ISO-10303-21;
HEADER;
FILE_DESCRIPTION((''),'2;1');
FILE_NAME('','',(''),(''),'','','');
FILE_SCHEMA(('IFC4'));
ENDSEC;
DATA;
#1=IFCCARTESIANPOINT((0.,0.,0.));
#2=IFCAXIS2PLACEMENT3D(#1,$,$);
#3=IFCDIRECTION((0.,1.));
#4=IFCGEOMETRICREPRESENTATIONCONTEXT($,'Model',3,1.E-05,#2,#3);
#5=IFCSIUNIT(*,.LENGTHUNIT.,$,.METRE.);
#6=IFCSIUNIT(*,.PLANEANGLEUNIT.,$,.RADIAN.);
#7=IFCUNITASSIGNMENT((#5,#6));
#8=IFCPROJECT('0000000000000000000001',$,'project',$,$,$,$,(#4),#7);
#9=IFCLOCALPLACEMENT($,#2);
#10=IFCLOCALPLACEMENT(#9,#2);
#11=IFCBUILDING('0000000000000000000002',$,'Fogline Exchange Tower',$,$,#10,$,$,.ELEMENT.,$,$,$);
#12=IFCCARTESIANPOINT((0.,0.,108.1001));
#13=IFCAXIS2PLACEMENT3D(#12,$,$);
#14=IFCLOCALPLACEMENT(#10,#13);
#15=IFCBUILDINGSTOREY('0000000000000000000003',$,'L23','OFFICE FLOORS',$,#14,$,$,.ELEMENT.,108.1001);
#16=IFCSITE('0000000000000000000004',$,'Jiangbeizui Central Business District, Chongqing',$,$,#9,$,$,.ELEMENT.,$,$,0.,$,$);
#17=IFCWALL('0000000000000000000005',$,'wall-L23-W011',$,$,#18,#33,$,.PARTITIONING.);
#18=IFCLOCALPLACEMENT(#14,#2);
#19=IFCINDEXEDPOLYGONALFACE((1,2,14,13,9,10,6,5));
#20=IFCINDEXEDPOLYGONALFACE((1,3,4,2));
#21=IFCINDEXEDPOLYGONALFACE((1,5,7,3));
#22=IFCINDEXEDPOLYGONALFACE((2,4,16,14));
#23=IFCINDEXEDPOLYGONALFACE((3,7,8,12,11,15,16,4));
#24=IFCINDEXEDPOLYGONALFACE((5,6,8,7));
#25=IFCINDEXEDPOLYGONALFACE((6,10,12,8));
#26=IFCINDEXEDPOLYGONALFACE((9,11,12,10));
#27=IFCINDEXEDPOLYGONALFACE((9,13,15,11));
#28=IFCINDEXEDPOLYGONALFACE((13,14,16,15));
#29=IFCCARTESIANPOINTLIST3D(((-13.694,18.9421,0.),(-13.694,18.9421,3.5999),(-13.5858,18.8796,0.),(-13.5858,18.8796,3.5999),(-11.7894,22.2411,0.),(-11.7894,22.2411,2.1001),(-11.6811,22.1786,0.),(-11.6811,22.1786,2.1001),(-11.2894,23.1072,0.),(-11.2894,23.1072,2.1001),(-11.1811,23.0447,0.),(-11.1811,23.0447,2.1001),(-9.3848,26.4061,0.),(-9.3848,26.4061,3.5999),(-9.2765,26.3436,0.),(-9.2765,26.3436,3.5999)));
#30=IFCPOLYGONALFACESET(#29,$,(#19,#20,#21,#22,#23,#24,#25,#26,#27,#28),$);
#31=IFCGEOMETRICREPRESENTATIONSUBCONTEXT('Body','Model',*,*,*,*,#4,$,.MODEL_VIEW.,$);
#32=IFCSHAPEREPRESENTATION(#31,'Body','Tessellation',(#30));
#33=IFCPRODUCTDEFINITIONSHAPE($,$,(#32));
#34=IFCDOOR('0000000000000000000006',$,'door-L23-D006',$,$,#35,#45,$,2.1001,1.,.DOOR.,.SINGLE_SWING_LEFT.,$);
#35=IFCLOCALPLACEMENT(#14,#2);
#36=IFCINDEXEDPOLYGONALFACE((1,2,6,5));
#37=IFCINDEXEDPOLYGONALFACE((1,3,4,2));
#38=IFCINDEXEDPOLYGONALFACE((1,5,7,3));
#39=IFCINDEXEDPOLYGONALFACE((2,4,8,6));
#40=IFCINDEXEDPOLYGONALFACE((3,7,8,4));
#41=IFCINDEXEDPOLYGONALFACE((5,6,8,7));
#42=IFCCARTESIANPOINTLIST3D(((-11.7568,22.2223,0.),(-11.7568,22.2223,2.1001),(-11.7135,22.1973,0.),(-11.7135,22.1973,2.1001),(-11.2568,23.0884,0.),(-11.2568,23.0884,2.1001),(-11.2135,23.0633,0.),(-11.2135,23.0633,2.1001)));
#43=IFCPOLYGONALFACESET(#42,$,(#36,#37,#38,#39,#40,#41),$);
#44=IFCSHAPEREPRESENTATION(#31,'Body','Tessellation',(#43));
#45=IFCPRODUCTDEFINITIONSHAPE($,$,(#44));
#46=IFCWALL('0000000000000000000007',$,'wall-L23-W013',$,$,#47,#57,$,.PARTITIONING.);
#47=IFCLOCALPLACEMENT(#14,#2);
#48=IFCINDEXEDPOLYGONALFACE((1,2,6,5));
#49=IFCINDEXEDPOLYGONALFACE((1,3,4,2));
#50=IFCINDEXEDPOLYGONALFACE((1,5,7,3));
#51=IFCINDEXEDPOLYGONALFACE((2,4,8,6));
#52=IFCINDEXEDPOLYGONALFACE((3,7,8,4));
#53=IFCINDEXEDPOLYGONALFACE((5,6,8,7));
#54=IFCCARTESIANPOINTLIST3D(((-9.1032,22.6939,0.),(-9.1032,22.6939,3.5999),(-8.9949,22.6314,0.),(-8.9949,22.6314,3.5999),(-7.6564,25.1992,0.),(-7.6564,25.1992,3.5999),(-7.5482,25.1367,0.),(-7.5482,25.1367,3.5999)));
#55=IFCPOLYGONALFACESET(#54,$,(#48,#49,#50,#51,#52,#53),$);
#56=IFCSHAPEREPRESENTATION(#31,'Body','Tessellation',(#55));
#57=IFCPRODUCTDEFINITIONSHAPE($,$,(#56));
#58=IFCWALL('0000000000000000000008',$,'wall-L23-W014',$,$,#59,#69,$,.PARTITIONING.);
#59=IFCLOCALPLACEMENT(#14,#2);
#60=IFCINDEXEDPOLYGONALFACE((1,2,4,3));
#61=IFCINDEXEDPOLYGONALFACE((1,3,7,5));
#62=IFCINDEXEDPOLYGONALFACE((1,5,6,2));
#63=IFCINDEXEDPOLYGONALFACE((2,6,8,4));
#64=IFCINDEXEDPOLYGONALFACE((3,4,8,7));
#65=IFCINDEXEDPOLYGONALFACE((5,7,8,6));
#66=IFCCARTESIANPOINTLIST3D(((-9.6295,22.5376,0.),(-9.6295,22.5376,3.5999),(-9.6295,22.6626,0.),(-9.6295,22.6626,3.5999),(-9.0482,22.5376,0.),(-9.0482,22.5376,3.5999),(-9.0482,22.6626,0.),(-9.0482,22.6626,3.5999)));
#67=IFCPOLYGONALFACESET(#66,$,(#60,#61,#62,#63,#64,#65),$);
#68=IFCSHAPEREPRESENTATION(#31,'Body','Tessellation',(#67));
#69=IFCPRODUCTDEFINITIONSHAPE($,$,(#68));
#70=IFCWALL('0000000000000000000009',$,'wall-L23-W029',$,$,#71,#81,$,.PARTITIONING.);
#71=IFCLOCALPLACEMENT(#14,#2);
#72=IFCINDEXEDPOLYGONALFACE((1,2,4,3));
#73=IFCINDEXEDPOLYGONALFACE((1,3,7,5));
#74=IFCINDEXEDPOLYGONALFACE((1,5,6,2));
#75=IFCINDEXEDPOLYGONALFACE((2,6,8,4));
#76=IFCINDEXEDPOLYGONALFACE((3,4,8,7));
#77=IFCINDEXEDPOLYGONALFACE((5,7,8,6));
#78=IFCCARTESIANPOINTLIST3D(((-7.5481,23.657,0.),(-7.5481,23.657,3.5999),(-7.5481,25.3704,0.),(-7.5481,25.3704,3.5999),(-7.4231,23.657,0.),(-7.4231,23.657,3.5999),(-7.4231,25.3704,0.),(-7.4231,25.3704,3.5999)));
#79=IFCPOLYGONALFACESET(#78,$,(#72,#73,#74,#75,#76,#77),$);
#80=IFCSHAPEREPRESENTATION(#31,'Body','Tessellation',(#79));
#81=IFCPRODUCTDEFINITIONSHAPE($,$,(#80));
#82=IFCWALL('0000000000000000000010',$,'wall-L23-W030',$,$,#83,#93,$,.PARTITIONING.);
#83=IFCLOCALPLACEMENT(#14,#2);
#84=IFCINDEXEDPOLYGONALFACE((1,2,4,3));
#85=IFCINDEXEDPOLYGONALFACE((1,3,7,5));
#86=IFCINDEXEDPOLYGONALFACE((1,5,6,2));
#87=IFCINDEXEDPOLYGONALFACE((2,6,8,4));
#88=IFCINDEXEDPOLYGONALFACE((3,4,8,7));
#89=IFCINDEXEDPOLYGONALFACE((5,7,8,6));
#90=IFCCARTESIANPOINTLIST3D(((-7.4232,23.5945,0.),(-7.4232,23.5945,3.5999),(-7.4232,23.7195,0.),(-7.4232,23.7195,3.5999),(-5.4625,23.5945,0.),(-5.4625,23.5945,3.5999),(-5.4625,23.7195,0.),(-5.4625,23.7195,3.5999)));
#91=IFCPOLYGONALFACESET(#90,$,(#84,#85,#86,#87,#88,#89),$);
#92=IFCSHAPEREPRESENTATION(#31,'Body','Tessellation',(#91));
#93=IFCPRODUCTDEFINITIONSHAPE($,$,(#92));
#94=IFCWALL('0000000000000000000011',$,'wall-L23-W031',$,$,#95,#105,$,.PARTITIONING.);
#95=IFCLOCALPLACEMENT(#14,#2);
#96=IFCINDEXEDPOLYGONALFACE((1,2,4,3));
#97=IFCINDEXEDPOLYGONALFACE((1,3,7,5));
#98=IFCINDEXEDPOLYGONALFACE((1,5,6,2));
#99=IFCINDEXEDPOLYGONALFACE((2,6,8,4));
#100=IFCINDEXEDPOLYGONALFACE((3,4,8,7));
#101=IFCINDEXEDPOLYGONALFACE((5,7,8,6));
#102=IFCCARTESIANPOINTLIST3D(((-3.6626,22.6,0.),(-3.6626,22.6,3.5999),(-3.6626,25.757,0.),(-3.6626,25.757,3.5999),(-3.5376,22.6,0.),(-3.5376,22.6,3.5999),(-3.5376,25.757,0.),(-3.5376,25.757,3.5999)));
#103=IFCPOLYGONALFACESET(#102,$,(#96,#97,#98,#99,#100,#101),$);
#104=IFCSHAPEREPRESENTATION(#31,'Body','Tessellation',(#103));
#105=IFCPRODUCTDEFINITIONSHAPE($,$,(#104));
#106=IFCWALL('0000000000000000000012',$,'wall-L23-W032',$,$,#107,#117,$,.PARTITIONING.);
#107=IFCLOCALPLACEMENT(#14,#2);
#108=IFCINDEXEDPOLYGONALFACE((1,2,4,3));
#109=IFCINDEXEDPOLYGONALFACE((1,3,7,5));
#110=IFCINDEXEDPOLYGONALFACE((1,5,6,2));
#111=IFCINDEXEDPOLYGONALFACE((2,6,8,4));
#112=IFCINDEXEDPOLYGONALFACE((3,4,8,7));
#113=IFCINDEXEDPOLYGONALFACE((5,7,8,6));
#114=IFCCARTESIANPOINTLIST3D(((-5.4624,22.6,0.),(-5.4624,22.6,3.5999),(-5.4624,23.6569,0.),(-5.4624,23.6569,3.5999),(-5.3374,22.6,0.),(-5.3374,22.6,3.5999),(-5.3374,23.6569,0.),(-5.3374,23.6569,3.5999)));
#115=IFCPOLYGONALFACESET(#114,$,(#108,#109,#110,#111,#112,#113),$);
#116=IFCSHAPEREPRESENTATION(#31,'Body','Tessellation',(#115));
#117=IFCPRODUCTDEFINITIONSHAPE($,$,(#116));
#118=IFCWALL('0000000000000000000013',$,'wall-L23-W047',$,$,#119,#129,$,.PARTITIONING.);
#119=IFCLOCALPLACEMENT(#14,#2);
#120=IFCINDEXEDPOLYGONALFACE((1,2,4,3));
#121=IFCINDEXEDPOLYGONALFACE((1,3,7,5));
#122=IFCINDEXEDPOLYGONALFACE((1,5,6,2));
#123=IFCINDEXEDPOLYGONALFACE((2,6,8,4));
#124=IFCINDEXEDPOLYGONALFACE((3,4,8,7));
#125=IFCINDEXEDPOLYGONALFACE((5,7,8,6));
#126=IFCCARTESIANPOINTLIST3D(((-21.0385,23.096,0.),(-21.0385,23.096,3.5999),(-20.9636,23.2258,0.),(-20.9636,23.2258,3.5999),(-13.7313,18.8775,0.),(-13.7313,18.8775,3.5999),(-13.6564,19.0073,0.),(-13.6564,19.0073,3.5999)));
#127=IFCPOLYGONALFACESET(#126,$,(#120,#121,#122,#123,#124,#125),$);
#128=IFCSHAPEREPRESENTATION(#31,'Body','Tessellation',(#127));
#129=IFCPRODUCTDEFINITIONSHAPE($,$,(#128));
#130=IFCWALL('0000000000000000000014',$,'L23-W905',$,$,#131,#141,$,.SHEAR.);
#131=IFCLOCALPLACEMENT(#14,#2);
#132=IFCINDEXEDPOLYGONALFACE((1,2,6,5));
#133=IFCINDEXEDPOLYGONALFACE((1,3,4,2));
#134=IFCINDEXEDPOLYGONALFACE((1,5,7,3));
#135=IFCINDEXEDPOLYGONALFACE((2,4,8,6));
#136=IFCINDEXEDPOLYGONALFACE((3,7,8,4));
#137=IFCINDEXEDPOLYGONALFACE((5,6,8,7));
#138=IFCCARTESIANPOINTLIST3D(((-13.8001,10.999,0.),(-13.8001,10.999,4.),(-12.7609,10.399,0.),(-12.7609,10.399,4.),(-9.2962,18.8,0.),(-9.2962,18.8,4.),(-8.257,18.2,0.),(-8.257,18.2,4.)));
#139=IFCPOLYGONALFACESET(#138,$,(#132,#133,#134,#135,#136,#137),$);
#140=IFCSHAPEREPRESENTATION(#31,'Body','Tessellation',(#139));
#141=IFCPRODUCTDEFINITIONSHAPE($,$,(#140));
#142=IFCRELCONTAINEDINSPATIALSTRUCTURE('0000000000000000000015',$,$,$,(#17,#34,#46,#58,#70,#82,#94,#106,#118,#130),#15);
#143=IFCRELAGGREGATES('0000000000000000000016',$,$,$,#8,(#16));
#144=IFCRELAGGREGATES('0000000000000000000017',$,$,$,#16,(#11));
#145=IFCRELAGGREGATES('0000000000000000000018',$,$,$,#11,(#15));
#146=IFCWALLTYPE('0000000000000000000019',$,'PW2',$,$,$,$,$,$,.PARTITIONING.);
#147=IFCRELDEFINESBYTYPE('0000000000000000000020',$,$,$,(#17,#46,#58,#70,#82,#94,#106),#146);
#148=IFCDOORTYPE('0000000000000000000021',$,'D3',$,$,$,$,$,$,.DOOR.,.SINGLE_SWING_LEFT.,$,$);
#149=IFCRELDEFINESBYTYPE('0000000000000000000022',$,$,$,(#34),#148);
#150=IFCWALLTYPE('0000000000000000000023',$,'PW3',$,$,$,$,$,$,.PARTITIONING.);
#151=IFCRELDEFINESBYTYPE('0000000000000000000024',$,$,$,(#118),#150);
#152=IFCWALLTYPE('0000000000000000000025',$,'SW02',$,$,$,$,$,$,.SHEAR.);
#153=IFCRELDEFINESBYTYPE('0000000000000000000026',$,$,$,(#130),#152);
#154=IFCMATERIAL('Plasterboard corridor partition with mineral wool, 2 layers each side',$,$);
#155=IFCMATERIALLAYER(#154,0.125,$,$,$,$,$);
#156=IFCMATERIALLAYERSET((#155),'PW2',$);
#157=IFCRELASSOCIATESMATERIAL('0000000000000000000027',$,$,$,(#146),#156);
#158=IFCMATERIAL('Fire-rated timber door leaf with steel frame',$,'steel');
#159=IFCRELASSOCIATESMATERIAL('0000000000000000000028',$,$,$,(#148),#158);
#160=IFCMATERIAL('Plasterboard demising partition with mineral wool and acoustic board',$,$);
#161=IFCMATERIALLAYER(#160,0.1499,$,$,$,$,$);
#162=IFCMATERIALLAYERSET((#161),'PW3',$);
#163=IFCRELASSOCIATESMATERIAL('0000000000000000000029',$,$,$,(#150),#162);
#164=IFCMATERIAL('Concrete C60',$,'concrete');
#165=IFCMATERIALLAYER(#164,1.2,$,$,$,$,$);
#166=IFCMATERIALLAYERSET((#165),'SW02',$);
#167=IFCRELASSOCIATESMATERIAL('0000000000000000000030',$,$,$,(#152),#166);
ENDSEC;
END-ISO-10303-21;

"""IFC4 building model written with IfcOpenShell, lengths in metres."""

from ifc_helpers import new_model, si_unit, direction, frame, frame_2d, origin, place, context, subcontext, project, spatial, rectangle, extrude, material, layer, layer_set, type_object, element, fill, save


model = new_model("IFC4")

# Units and contexts
model_context = context("Model", 3, precision=1e-05, world=origin(), true_north=direction((0.0, 1.0)))
body_context = subcontext(model_context, "Body", "Model", "MODEL_VIEW")
ifc_project = project(units=[si_unit("LENGTHUNIT", "METRE"), si_unit("PLANEANGLEUNIT", "RADIAN")], contexts=[model_context])

# Site, building, storey
site_placement = place(None, origin())
site = spatial("IfcSite", under=ifc_project, at=site_placement, Name="Jiangbeizui Central Business District, Chongqing", CompositionType="ELEMENT", RefElevation=0.0)
building_placement = place(site_placement, origin())
building = spatial("IfcBuilding", under=site, at=building_placement, Name="Fogline Exchange Tower", CompositionType="ELEMENT")
storey_placement = place(building_placement, frame((0.0, 0.0, 108.1001)))
storey = spatial("IfcBuildingStorey", under=building, at=storey_placement, Name="L23", Description="OFFICE FLOORS", CompositionType="ELEMENT", Elevation=108.1001)

# Shared definitions
ifc_material_1 = material(Name="Plasterboard corridor partition with mineral wool, 2 layers each side")
ifc_layer_1 = layer(ifc_material_1, 0.125)
ifc_layer_set_1 = layer_set([ifc_layer_1], Name="PW2")
wall_type_1 = type_object("IfcWallType", Name="PW2", PredefinedType="PARTITIONING", material=ifc_layer_set_1)

# Shared definitions
ifc_material_2 = material(Name="Fire-rated timber door leaf with steel frame", Category="steel")
door_type_1 = type_object("IfcDoorType", Name="D3", OperationType="SINGLE_SWING_LEFT", PredefinedType="DOOR", material=ifc_material_2)

# Wall, opening, door
wall_1_placement = place(storey_placement, frame((-13.6399, 18.9109, 0.0), z_axis=(0.0, 0.0, 1.0), x_axis=(0.499993, 0.866029, 0.0)))
wall_1 = element("IfcWall", 1, at=wall_1_placement, inside=storey, type_object=wall_type_1, Name="wall-L23-W011", PredefinedType="PARTITIONING", context=body_context, shape_type="SweptSolid", body=[
    extrude(rectangle(XDim=8.6187, YDim=0.125, at=frame_2d((4.3093, 0.0))), origin(), (0.0, 0.0, 1.0), 3.5999),
])
opening_1_placement = place(wall_1_placement, frame((3.8093, 0.0, 0.0)))
opening_1 = element("IfcOpeningElement", 2, at=opening_1_placement, cuts=wall_1, PredefinedType="OPENING", context=body_context, shape_type="SweptSolid", body=[
    extrude(rectangle(XDim=1.0, YDim=2.1001, at=frame_2d((0.5, 1.05))), frame((0.0, 0.0725, 0.0), z_axis=(0.0, -1.0, 0.0), x_axis=(1.0, 0.0, 0.0)), (0.0, 0.0, 1.0), 0.145),
])
door_1_placement = place(opening_1_placement, origin())
door_1 = element("IfcDoor", 3, at=door_1_placement, inside=storey, type_object=door_type_1, Name="door-L23-D006", OperationType="SINGLE_SWING_LEFT", OverallHeight=2.1001, OverallWidth=1.0, PredefinedType="DOOR", context=body_context, shape_type="SweptSolid", body=[
    extrude(rectangle(XDim=1.0, YDim=2.1001, at=frame_2d((0.5, 1.05))), frame((0.0, 0.0249, 0.0), z_axis=(0.0, -1.0, 0.0), x_axis=(1.0, 0.0, 0.0)), (0.0, 0.0, 1.0), 0.05),
])
fill(opening_1, door_1)

# Walls
wall_2_placement = place(storey_placement, frame((-7.6023, 25.168, 0.0), z_axis=(0.0, 0.0, 1.0), x_axis=(-0.500078, -0.86598, 0.0)))
element("IfcWall", 4, at=wall_2_placement, inside=storey, type_object=wall_type_1, Name="wall-L23-W013", PredefinedType="PARTITIONING", context=body_context, shape_type="SweptSolid", body=[
    extrude(rectangle(XDim=2.8931, YDim=0.125, at=frame_2d((1.4465, 0.0))), origin(), (0.0, 0.0, 1.0), 3.5999),
])
wall_3_placement = place(storey_placement, frame((-9.0483, 22.6001, 0.0), z_axis=(0.0, 0.0, 1.0), x_axis=(-1.0, 0.0, 0.0)))
element("IfcWall", 5, at=wall_3_placement, inside=storey, type_object=wall_type_1, Name="wall-L23-W014", PredefinedType="PARTITIONING", context=body_context, shape_type="SweptSolid", body=[
    extrude(rectangle(XDim=0.5813, YDim=0.125, at=frame_2d((0.2905, 0.0))), origin(), (0.0, 0.0, 1.0), 3.5999),
])
wall_4_placement = place(storey_placement, frame((-7.4856, 23.657, 0.0), z_axis=(0.0, 0.0, 1.0), x_axis=(0.0, 1.0, 0.0)))
element("IfcWall", 6, at=wall_4_placement, inside=storey, type_object=wall_type_1, Name="wall-L23-W029", PredefinedType="PARTITIONING", context=body_context, shape_type="SweptSolid", body=[
    extrude(rectangle(XDim=1.7134, YDim=0.125, at=frame_2d((0.8567, 0.0))), origin(), (0.0, 0.0, 1.0), 3.5999),
])
wall_5_placement = place(storey_placement, frame((-5.4624, 23.657, 0.0), z_axis=(0.0, 0.0, 1.0), x_axis=(-1.0, 0.0, 0.0)))
element("IfcWall", 7, at=wall_5_placement, inside=storey, type_object=wall_type_1, Name="wall-L23-W030", PredefinedType="PARTITIONING", context=body_context, shape_type="SweptSolid", body=[
    extrude(rectangle(XDim=1.9607, YDim=0.125, at=frame_2d((0.9805, 0.0))), origin(), (0.0, 0.0, 1.0), 3.5999),
])
wall_6_placement = place(storey_placement, frame((-3.6001, 25.7571, 0.0), z_axis=(0.0, 0.0, 1.0), x_axis=(0.0, -1.0, 0.0)))
element("IfcWall", 8, at=wall_6_placement, inside=storey, type_object=wall_type_1, Name="wall-L23-W031", PredefinedType="PARTITIONING", context=body_context, shape_type="SweptSolid", body=[
    extrude(rectangle(XDim=3.157, YDim=0.125, at=frame_2d((1.5786, 0.0))), origin(), (0.0, 0.0, 1.0), 3.5999),
])
wall_7_placement = place(storey_placement, frame((-5.3999, 22.6001, 0.0), z_axis=(0.0, 0.0, 1.0), x_axis=(0.0, 1.0, 0.0)))
element("IfcWall", 9, at=wall_7_placement, inside=storey, type_object=wall_type_1, Name="wall-L23-W032", PredefinedType="PARTITIONING", context=body_context, shape_type="SweptSolid", body=[
    extrude(rectangle(XDim=1.0569, YDim=0.125, at=frame_2d((0.5283, 0.0))), origin(), (0.0, 0.0, 1.0), 3.5999),
])
ifc_material_3 = material(Name="Plasterboard demising partition with mineral wool and acoustic board")
ifc_layer_2 = layer(ifc_material_3, 0.1499)
ifc_layer_set_2 = layer_set([ifc_layer_2], Name="PW3")
wall_type_2 = type_object("IfcWallType", Name="PW3", PredefinedType="PARTITIONING", material=ifc_layer_set_2)
wall_8_placement = place(storey_placement, frame((-13.6938, 18.9424, 0.0), z_axis=(0.0, 0.0, 1.0), x_axis=(-0.866039, 0.499976, 0.0)))
element("IfcWall", 10, at=wall_8_placement, inside=storey, type_object=wall_type_2, Name="wall-L23-W047", PredefinedType="PARTITIONING", context=body_context, shape_type="SweptSolid", body=[
    extrude(rectangle(XDim=8.4375, YDim=0.1499, at=frame_2d((4.2188, 0.0))), origin(), (0.0, 0.0, 1.0), 3.5999),
])
ifc_material_4 = material(Name="Concrete C60", Category="concrete")
ifc_layer_3 = layer(ifc_material_4, 1.2)
ifc_layer_set_3 = layer_set([ifc_layer_3], Name="SW02")
wall_type_3 = type_object("IfcWallType", Name="SW02", PredefinedType="SHEAR", material=ifc_layer_set_3)
wall_9_placement = place(storey_placement, frame((-8.7766, 18.5, 0.0), z_axis=(0.0, 0.0, 1.0), x_axis=(-0.499999, -0.866026, 0.0)))
element("IfcWall", 11, at=wall_9_placement, inside=storey, type_object=wall_type_3, Name="L23-W905", PredefinedType="SHEAR", context=body_context, shape_type="SweptSolid", body=[
    extrude(rectangle(XDim=9.0078, YDim=1.2, at=frame_2d((4.5039, 0.0))), origin(), (0.0, 0.0, 1.0), 4.0),
])

save(model, "model.ifc")
